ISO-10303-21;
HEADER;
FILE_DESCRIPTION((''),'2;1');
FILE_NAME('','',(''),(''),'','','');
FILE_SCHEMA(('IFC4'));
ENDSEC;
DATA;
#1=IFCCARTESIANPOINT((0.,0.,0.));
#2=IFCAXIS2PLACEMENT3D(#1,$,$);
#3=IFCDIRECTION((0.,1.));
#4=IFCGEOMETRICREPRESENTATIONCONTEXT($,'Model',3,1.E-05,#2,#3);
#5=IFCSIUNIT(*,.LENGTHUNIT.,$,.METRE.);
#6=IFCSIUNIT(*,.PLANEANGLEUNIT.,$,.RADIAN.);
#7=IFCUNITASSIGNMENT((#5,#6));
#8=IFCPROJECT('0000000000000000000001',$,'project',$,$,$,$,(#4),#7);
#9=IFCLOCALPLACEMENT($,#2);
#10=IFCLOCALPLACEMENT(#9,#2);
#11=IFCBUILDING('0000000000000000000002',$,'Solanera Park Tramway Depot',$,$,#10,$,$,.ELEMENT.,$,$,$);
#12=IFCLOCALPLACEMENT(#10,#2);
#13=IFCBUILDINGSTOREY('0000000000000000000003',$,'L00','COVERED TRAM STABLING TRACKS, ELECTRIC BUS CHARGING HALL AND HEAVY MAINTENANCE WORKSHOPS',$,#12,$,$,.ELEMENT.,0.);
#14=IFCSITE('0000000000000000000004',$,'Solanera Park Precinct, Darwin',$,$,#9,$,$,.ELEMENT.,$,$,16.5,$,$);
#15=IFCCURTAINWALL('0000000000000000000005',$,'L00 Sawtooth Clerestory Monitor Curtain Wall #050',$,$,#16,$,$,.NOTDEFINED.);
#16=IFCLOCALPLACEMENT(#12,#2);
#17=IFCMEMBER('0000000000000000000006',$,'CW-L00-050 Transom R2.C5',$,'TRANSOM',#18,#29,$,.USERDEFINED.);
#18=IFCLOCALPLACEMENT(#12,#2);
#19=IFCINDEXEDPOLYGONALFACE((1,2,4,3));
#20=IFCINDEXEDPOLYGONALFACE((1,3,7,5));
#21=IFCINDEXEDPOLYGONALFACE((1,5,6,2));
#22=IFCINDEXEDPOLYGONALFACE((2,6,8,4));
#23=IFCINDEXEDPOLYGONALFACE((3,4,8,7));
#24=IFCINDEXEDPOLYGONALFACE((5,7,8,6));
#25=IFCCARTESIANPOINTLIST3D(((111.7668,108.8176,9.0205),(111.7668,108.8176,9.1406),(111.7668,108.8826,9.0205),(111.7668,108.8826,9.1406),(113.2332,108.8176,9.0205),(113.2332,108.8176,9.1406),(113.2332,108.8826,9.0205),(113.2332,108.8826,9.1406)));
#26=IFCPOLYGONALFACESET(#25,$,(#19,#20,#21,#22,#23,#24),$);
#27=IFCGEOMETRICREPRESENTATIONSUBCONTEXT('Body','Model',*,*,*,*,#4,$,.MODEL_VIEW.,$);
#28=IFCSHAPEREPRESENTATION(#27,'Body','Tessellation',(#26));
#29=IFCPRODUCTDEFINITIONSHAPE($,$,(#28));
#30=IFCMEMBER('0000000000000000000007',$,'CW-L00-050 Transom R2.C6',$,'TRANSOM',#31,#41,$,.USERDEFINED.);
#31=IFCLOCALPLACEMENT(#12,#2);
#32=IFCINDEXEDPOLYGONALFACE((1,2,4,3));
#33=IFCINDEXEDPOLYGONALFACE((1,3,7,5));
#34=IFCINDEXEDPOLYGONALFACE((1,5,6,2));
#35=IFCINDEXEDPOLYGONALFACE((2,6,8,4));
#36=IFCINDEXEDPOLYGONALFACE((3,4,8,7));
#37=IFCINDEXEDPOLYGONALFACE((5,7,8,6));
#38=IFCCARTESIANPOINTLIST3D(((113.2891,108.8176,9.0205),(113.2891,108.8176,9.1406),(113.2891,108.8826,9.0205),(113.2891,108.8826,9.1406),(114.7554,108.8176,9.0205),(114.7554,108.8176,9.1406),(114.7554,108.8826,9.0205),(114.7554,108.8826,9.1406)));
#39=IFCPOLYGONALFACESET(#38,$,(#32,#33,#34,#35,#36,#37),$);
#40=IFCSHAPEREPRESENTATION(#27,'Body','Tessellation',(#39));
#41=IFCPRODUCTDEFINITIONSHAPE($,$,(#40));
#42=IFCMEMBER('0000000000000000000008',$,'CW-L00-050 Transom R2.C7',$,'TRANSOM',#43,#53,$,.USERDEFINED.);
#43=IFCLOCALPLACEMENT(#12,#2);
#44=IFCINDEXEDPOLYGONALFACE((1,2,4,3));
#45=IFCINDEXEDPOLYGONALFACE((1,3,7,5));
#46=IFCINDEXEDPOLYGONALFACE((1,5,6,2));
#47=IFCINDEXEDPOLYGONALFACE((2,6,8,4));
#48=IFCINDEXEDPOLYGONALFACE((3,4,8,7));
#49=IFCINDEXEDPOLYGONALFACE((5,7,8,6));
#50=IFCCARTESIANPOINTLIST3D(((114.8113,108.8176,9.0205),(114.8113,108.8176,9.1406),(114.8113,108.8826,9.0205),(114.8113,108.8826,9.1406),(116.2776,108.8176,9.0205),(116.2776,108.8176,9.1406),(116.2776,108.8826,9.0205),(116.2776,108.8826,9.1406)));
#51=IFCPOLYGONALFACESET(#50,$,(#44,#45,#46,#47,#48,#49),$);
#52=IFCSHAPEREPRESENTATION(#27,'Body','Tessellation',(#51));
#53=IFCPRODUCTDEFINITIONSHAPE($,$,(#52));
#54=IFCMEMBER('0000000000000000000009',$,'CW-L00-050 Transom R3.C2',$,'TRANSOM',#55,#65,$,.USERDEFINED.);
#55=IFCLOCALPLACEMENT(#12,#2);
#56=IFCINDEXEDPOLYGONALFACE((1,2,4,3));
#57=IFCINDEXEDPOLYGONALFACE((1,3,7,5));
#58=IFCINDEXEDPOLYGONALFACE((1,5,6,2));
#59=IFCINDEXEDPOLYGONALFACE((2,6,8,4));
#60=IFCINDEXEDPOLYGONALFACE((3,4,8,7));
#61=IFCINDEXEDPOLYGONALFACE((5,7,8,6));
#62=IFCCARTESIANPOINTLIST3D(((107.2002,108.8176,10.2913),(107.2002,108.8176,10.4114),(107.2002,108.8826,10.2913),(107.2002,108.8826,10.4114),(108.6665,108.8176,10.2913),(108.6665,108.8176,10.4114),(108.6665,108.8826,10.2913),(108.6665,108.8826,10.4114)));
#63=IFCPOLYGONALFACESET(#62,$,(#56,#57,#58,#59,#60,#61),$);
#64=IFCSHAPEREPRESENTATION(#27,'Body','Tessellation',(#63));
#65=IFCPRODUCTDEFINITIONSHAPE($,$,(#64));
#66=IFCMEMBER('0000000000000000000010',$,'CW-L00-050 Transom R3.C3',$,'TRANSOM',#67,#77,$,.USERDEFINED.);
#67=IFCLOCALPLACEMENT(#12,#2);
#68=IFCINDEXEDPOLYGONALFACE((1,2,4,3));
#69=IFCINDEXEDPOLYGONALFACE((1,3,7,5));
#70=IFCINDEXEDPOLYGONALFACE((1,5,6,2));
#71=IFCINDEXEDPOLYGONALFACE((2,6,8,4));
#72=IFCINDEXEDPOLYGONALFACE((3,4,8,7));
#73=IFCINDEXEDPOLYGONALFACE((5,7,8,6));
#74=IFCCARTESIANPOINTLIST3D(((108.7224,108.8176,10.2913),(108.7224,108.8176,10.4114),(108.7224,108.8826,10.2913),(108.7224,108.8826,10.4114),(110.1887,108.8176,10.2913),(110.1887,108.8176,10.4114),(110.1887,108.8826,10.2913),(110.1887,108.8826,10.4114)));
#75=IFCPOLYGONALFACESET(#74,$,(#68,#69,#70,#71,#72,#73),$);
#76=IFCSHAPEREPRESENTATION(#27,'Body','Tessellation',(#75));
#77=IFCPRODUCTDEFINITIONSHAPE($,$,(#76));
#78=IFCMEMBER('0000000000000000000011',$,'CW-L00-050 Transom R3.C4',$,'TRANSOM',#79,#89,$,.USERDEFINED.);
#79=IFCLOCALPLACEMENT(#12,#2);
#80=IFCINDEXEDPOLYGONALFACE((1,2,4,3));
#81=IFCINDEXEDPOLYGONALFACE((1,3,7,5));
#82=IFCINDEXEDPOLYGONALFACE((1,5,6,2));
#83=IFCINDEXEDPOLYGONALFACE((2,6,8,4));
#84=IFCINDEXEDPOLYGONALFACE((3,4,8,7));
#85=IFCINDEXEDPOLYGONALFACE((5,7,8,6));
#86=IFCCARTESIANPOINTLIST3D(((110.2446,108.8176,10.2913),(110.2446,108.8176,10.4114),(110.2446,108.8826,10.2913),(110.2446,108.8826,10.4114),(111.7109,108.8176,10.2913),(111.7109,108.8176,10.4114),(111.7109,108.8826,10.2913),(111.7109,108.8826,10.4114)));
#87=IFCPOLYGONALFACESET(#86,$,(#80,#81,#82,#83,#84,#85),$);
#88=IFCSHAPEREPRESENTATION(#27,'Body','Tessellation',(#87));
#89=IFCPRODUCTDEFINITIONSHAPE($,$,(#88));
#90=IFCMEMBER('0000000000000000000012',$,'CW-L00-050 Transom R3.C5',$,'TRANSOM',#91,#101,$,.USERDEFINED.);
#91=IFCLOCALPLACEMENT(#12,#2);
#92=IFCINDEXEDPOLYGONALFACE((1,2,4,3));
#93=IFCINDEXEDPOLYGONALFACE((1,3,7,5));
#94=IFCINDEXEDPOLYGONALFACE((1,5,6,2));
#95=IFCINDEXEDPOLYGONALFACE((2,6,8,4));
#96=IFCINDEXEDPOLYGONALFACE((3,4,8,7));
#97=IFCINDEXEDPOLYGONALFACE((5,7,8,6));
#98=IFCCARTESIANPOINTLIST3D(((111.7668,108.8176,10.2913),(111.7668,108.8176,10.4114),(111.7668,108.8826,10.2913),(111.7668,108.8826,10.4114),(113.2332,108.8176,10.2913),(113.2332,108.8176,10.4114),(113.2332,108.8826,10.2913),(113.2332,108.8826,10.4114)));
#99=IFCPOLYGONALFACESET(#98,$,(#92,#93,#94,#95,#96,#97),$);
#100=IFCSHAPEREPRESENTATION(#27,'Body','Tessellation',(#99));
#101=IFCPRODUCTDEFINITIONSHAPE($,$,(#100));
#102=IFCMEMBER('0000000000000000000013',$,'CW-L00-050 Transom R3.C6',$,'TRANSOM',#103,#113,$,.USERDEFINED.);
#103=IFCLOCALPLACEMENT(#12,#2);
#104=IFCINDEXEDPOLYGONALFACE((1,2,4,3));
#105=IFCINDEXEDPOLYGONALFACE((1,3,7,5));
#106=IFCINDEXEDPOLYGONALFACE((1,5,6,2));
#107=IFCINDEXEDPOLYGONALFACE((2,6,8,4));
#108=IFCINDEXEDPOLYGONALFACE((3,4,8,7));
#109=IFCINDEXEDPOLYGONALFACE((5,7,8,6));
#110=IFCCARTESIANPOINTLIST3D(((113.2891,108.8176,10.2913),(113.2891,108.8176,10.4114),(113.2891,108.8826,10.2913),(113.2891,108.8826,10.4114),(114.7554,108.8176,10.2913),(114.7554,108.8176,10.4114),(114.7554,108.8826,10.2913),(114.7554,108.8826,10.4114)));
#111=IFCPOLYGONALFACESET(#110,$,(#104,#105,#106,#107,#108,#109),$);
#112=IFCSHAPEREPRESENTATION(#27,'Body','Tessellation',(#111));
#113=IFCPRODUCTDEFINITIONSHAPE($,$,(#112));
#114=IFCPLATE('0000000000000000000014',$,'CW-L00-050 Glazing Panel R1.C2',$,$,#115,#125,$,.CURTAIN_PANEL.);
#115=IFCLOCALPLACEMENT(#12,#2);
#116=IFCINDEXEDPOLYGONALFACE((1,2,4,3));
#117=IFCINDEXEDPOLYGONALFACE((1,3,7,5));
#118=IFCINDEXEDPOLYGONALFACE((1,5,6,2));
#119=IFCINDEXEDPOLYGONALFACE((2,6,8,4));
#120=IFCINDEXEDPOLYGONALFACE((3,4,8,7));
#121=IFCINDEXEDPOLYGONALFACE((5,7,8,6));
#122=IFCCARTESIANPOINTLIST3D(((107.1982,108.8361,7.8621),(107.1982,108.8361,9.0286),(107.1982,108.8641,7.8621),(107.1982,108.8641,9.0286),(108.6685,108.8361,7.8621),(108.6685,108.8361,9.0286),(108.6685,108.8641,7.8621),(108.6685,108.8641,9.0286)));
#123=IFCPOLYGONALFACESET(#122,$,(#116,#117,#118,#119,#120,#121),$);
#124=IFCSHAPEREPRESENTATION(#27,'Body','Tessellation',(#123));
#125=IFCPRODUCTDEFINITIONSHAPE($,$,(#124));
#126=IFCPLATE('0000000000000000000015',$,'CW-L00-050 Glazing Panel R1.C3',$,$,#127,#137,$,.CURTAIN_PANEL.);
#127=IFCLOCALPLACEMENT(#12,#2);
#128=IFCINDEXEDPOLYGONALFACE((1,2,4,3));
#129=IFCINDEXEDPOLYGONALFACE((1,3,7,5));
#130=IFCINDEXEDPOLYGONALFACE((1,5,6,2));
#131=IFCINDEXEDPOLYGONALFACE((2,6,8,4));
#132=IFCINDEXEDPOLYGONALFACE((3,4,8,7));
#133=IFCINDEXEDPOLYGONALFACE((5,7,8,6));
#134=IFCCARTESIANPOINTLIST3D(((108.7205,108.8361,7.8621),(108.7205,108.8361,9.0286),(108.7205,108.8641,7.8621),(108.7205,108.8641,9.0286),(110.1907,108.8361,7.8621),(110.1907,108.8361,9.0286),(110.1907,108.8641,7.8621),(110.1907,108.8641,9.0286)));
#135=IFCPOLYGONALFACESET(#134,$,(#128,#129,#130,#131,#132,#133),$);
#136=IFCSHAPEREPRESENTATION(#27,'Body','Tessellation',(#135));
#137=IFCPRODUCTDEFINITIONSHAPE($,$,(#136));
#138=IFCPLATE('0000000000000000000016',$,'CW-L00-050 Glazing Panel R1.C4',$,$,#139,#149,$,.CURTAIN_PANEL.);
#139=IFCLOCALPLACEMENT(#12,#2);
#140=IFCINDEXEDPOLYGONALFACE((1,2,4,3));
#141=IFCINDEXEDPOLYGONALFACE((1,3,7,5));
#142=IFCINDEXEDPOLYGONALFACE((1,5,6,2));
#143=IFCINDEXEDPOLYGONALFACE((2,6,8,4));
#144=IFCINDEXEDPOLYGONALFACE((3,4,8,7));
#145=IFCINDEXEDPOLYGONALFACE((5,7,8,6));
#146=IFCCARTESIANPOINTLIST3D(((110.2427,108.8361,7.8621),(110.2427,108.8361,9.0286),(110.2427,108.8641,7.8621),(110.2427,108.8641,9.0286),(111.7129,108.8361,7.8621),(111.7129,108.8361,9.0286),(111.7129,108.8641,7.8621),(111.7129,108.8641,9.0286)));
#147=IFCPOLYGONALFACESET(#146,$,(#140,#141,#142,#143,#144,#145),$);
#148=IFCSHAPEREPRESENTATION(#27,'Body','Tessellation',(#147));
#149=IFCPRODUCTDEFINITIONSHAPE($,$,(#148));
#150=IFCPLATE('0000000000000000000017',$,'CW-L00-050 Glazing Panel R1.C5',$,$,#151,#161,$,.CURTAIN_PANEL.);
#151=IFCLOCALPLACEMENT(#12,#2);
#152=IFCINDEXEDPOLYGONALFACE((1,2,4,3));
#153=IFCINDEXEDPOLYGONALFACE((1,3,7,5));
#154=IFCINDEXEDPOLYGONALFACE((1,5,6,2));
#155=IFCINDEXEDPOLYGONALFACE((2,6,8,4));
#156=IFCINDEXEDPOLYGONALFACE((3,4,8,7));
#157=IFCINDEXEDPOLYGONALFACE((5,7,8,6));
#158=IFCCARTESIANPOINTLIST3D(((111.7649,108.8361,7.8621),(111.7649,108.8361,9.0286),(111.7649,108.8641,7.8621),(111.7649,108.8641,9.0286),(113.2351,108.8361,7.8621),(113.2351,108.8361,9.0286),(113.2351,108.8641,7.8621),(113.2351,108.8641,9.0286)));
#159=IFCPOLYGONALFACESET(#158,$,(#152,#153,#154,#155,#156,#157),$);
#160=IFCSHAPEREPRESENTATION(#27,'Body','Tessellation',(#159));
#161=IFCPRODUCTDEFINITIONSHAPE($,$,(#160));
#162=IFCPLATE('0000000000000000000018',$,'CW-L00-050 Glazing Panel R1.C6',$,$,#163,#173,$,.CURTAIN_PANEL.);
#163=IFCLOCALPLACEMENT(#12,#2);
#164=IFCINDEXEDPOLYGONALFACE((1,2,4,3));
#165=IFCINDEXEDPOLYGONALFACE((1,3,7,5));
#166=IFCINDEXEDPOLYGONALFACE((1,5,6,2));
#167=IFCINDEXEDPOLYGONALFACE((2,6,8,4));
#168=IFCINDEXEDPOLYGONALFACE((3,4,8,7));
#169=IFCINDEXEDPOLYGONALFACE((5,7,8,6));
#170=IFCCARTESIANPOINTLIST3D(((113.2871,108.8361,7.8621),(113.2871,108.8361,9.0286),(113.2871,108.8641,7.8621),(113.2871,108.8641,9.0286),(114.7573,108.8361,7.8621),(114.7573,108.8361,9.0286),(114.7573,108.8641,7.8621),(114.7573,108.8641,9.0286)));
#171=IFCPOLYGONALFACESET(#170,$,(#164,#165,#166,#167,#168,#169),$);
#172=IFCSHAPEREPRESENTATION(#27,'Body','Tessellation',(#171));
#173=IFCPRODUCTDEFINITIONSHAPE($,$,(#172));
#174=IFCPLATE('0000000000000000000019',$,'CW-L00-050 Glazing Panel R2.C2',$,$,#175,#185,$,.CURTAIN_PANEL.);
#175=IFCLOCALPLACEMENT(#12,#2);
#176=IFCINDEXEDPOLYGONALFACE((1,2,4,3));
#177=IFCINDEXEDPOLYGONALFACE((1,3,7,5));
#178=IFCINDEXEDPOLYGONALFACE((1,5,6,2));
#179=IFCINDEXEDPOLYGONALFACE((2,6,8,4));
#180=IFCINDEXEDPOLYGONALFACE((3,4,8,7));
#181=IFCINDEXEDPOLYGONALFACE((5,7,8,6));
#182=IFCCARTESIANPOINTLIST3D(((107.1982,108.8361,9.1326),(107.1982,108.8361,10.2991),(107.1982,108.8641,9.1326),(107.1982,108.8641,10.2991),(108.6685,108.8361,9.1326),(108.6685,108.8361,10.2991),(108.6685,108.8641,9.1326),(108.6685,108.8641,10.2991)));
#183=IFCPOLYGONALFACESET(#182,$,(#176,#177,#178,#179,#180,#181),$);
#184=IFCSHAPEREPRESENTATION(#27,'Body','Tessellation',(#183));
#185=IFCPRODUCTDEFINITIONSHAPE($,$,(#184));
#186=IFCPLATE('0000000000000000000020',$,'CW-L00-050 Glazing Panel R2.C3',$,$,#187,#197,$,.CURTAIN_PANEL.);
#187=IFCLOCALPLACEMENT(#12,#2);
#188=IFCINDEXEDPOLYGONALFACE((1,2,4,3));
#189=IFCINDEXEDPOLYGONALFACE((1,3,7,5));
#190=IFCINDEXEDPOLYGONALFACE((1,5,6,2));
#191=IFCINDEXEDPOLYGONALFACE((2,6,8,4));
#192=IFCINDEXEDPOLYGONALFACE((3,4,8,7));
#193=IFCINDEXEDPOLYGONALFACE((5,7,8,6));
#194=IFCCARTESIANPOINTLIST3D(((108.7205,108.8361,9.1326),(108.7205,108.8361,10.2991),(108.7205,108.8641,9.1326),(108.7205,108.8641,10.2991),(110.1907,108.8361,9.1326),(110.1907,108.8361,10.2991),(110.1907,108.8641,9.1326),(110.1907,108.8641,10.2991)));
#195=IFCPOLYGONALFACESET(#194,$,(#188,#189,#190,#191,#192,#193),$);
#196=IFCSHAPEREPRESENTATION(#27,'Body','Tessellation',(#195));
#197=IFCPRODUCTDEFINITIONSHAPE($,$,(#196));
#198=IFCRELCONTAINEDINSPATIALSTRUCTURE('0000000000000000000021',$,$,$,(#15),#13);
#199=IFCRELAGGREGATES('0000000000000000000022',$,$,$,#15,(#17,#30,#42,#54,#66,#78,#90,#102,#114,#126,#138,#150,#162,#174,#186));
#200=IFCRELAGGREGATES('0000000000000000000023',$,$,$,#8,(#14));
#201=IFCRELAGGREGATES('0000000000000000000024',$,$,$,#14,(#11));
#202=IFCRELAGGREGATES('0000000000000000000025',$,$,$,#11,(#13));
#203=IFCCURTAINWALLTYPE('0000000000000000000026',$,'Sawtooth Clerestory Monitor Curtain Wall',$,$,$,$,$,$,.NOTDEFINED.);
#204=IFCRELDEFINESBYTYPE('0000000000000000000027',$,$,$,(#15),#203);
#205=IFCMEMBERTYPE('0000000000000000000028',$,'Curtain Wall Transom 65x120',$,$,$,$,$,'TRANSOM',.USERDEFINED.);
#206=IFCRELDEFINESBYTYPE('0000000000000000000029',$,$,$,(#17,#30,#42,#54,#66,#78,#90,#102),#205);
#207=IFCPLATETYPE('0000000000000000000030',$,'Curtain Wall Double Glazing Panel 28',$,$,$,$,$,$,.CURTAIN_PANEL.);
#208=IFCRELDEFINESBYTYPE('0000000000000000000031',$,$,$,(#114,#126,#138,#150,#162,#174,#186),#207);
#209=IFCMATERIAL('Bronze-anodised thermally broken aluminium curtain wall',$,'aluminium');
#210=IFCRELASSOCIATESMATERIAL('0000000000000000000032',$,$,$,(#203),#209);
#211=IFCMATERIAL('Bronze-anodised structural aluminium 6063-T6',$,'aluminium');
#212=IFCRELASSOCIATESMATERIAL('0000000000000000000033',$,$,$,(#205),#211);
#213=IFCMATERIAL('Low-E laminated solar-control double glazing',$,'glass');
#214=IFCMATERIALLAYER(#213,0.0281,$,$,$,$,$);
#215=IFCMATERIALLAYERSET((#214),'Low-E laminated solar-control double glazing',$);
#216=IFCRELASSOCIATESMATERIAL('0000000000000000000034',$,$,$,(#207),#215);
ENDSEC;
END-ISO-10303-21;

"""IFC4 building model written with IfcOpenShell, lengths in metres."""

from ifc_helpers import new_model, si_unit, direction, frame, origin, origin_2d, place, context, subcontext, project, spatial, rectangle, extrude, material, layer, layer_set, material_profile, profile_set, type_object, element, aggregate, save


model = new_model("IFC4")

# Units and contexts
model_context = context("Model", 3, precision=1e-05, world=origin(), true_north=direction((0.0, 1.0)))
body_context = subcontext(model_context, "Body", "Model", "MODEL_VIEW")
ifc_project = project(units=[si_unit("LENGTHUNIT", "METRE"), si_unit("PLANEANGLEUNIT", "RADIAN")], contexts=[model_context])

# Site, building, storey
site_placement = place(None, origin())
site = spatial("IfcSite", under=ifc_project, at=site_placement, Name="Solanera Park Precinct, Darwin", CompositionType="ELEMENT", RefElevation=16.5)
building_placement = place(site_placement, origin())
building = spatial("IfcBuilding", under=site, at=building_placement, Name="Solanera Park Tramway Depot", CompositionType="ELEMENT")
storey_placement = place(building_placement, origin())
storey = spatial("IfcBuildingStorey", under=building, at=storey_placement, Name="L00", Description="COVERED TRAM STABLING TRACKS, ELECTRIC BUS CHARGING HALL AND HEAVY MAINTENANCE WORKSHOPS", CompositionType="ELEMENT", Elevation=0.0)

# Curtain wall
ifc_material_1 = material(Name="Bronze-anodised thermally broken aluminium curtain wall", Category="aluminium")
curtain_wall_type = type_object("IfcCurtainWallType", Name="Sawtooth Clerestory Monitor Curtain Wall", PredefinedType="NOTDEFINED", material=ifc_material_1)
curtain_wall_1_placement = place(storey_placement, origin())
curtain_wall_1 = element("IfcCurtainWall", 1, at=curtain_wall_1_placement, inside=storey, type_object=curtain_wall_type, Name="L00 Sawtooth Clerestory Monitor Curtain Wall #050", PredefinedType="NOTDEFINED")

# Shared definitions
ifc_material_2 = material(Name="Bronze-anodised structural aluminium 6063-T6", Category="aluminium")
ifc_material_profile_1 = material_profile(ifc_material_2, rectangle(XDim=0.0649, YDim=0.1201, at=origin_2d()), Name="Curtain Wall Transom 65x120")
ifc_profile_set_1 = profile_set([ifc_material_profile_1], Name="Bronze-anodised structural aluminium 6063-T6")
member_type_1 = type_object("IfcMemberType", Name="Curtain Wall Transom 65x120", ElementType="TRANSOM", PredefinedType="USERDEFINED", material=ifc_profile_set_1)

# Members
member_1_placement = place(storey_placement, frame((111.7668, 108.8501, 9.0806), z_axis=(1.0, 0.0, 0.0), x_axis=(0.0, 1.0, 0.0)))
member_1 = element("IfcMember", 2, at=member_1_placement, type_object=member_type_1, Name="CW-L00-050 Transom R2.C5", ObjectType="TRANSOM", PredefinedType="USERDEFINED", context=body_context, shape_type="SweptSolid", body=[
    extrude(rectangle(XDim=0.0649, YDim=0.1201, at=origin_2d()), origin(), (0.0, 0.0, 1.0), 1.4663),
])
member_2_placement = place(storey_placement, frame((113.2891, 108.8501, 9.0806), z_axis=(1.0, 0.0, 0.0), x_axis=(0.0, 1.0, 0.0)))
member_2 = element("IfcMember", 3, at=member_2_placement, type_object=member_type_1, Name="CW-L00-050 Transom R2.C6", ObjectType="TRANSOM", PredefinedType="USERDEFINED", context=body_context, shape_type="SweptSolid", body=[
    extrude(rectangle(XDim=0.0649, YDim=0.1201, at=origin_2d()), origin(), (0.0, 0.0, 1.0), 1.4663),
])
member_3_placement = place(storey_placement, frame((114.8113, 108.8501, 9.0806), z_axis=(1.0, 0.0, 0.0), x_axis=(0.0, 1.0, 0.0)))
member_3 = element("IfcMember", 4, at=member_3_placement, type_object=member_type_1, Name="CW-L00-050 Transom R2.C7", ObjectType="TRANSOM", PredefinedType="USERDEFINED", context=body_context, shape_type="SweptSolid", body=[
    extrude(rectangle(XDim=0.0649, YDim=0.1201, at=origin_2d()), origin(), (0.0, 0.0, 1.0), 1.4663),
])
member_4_placement = place(storey_placement, frame((107.2002, 108.8501, 10.3513), z_axis=(1.0, 0.0, 0.0), x_axis=(0.0, 1.0, 0.0)))
member_4 = element("IfcMember", 5, at=member_4_placement, type_object=member_type_1, Name="CW-L00-050 Transom R3.C2", ObjectType="TRANSOM", PredefinedType="USERDEFINED", context=body_context, shape_type="SweptSolid", body=[
    extrude(rectangle(XDim=0.0649, YDim=0.1201, at=origin_2d()), origin(), (0.0, 0.0, 1.0), 1.4663),
])
member_5_placement = place(storey_placement, frame((108.7224, 108.8501, 10.3513), z_axis=(1.0, 0.0, 0.0), x_axis=(0.0, 1.0, 0.0)))
member_5 = element("IfcMember", 6, at=member_5_placement, type_object=member_type_1, Name="CW-L00-050 Transom R3.C3", ObjectType="TRANSOM", PredefinedType="USERDEFINED", context=body_context, shape_type="SweptSolid", body=[
    extrude(rectangle(XDim=0.0649, YDim=0.1201, at=origin_2d()), origin(), (0.0, 0.0, 1.0), 1.4663),
])
member_6_placement = place(storey_placement, frame((110.2446, 108.8501, 10.3513), z_axis=(1.0, 0.0, 0.0), x_axis=(0.0, 1.0, 0.0)))
member_6 = element("IfcMember", 7, at=member_6_placement, type_object=member_type_1, Name="CW-L00-050 Transom R3.C4", ObjectType="TRANSOM", PredefinedType="USERDEFINED", context=body_context, shape_type="SweptSolid", body=[
    extrude(rectangle(XDim=0.0649, YDim=0.1201, at=origin_2d()), origin(), (0.0, 0.0, 1.0), 1.4663),
])
member_7_placement = place(storey_placement, frame((111.7668, 108.8501, 10.3513), z_axis=(1.0, 0.0, 0.0), x_axis=(0.0, 1.0, 0.0)))
member_7 = element("IfcMember", 8, at=member_7_placement, type_object=member_type_1, Name="CW-L00-050 Transom R3.C5", ObjectType="TRANSOM", PredefinedType="USERDEFINED", context=body_context, shape_type="SweptSolid", body=[
    extrude(rectangle(XDim=0.0649, YDim=0.1201, at=origin_2d()), origin(), (0.0, 0.0, 1.0), 1.4663),
])
member_8_placement = place(storey_placement, frame((113.2891, 108.8501, 10.3513), z_axis=(1.0, 0.0, 0.0), x_axis=(0.0, 1.0, 0.0)))
member_8 = element("IfcMember", 9, at=member_8_placement, type_object=member_type_1, Name="CW-L00-050 Transom R3.C6", ObjectType="TRANSOM", PredefinedType="USERDEFINED", context=body_context, shape_type="SweptSolid", body=[
    extrude(rectangle(XDim=0.0649, YDim=0.1201, at=origin_2d()), origin(), (0.0, 0.0, 1.0), 1.4663),
])

# Plates
ifc_material_3 = material(Name="Low-E laminated solar-control double glazing", Category="glass")
ifc_layer = layer(ifc_material_3, 0.0281)
ifc_layer_set = layer_set([ifc_layer], Name="Low-E laminated solar-control double glazing")
plate_type = type_object("IfcPlateType", Name="Curtain Wall Double Glazing Panel 28", PredefinedType="CURTAIN_PANEL", material=ifc_layer_set)
plate_1_placement = place(storey_placement, frame((107.9333, 108.8501, 7.8621), z_axis=(0.0, 0.0, 1.0), x_axis=(1.0, 0.0, 0.0)))
plate_1 = element("IfcPlate", 10, at=plate_1_placement, type_object=plate_type, Name="CW-L00-050 Glazing Panel R1.C2", PredefinedType="CURTAIN_PANEL", context=body_context, shape_type="SweptSolid", body=[
    extrude(rectangle(XDim=1.4702, YDim=0.0281, at=origin_2d()), origin(), (0.0, 0.0, 1.0), 1.1665),
])
plate_2_placement = place(storey_placement, frame((109.4556, 108.8501, 7.8621), z_axis=(0.0, 0.0, 1.0), x_axis=(1.0, 0.0, 0.0)))
plate_2 = element("IfcPlate", 11, at=plate_2_placement, type_object=plate_type, Name="CW-L00-050 Glazing Panel R1.C3", PredefinedType="CURTAIN_PANEL", context=body_context, shape_type="SweptSolid", body=[
    extrude(rectangle(XDim=1.4702, YDim=0.0281, at=origin_2d()), origin(), (0.0, 0.0, 1.0), 1.1665),
])
plate_3_placement = place(storey_placement, frame((110.9778, 108.8501, 7.8621), z_axis=(0.0, 0.0, 1.0), x_axis=(1.0, 0.0, 0.0)))
plate_3 = element("IfcPlate", 12, at=plate_3_placement, type_object=plate_type, Name="CW-L00-050 Glazing Panel R1.C4", PredefinedType="CURTAIN_PANEL", context=body_context, shape_type="SweptSolid", body=[
    extrude(rectangle(XDim=1.4702, YDim=0.0281, at=origin_2d()), origin(), (0.0, 0.0, 1.0), 1.1665),
])
plate_4_placement = place(storey_placement, frame((112.5, 108.8501, 7.8621), z_axis=(0.0, 0.0, 1.0), x_axis=(1.0, 0.0, 0.0)))
plate_4 = element("IfcPlate", 13, at=plate_4_placement, type_object=plate_type, Name="CW-L00-050 Glazing Panel R1.C5", PredefinedType="CURTAIN_PANEL", context=body_context, shape_type="SweptSolid", body=[
    extrude(rectangle(XDim=1.4702, YDim=0.0281, at=origin_2d()), origin(), (0.0, 0.0, 1.0), 1.1665),
])
plate_5_placement = place(storey_placement, frame((114.0222, 108.8501, 7.8621), z_axis=(0.0, 0.0, 1.0), x_axis=(1.0, 0.0, 0.0)))
plate_5 = element("IfcPlate", 14, at=plate_5_placement, type_object=plate_type, Name="CW-L00-050 Glazing Panel R1.C6", PredefinedType="CURTAIN_PANEL", context=body_context, shape_type="SweptSolid", body=[
    extrude(rectangle(XDim=1.4702, YDim=0.0281, at=origin_2d()), origin(), (0.0, 0.0, 1.0), 1.1665),
])
plate_6_placement = place(storey_placement, frame((107.9333, 108.8501, 9.1326), z_axis=(0.0, 0.0, 1.0), x_axis=(1.0, 0.0, 0.0)))
plate_6 = element("IfcPlate", 15, at=plate_6_placement, type_object=plate_type, Name="CW-L00-050 Glazing Panel R2.C2", PredefinedType="CURTAIN_PANEL", context=body_context, shape_type="SweptSolid", body=[
    extrude(rectangle(XDim=1.4702, YDim=0.0281, at=origin_2d()), origin(), (0.0, 0.0, 1.0), 1.1665),
])
plate_7_placement = place(storey_placement, frame((109.4556, 108.8501, 9.1326), z_axis=(0.0, 0.0, 1.0), x_axis=(1.0, 0.0, 0.0)))
plate_7 = element("IfcPlate", 16, at=plate_7_placement, type_object=plate_type, Name="CW-L00-050 Glazing Panel R2.C3", PredefinedType="CURTAIN_PANEL", context=body_context, shape_type="SweptSolid", body=[
    extrude(rectangle(XDim=1.4702, YDim=0.0281, at=origin_2d()), origin(), (0.0, 0.0, 1.0), 1.1665),
])
aggregate(curtain_wall_1, [member_1, member_2, member_3, member_4, member_5, member_6, member_7, member_8, plate_1, plate_2, plate_3, plate_4, plate_5, plate_6, plate_7])

save(model, "model.ifc")
